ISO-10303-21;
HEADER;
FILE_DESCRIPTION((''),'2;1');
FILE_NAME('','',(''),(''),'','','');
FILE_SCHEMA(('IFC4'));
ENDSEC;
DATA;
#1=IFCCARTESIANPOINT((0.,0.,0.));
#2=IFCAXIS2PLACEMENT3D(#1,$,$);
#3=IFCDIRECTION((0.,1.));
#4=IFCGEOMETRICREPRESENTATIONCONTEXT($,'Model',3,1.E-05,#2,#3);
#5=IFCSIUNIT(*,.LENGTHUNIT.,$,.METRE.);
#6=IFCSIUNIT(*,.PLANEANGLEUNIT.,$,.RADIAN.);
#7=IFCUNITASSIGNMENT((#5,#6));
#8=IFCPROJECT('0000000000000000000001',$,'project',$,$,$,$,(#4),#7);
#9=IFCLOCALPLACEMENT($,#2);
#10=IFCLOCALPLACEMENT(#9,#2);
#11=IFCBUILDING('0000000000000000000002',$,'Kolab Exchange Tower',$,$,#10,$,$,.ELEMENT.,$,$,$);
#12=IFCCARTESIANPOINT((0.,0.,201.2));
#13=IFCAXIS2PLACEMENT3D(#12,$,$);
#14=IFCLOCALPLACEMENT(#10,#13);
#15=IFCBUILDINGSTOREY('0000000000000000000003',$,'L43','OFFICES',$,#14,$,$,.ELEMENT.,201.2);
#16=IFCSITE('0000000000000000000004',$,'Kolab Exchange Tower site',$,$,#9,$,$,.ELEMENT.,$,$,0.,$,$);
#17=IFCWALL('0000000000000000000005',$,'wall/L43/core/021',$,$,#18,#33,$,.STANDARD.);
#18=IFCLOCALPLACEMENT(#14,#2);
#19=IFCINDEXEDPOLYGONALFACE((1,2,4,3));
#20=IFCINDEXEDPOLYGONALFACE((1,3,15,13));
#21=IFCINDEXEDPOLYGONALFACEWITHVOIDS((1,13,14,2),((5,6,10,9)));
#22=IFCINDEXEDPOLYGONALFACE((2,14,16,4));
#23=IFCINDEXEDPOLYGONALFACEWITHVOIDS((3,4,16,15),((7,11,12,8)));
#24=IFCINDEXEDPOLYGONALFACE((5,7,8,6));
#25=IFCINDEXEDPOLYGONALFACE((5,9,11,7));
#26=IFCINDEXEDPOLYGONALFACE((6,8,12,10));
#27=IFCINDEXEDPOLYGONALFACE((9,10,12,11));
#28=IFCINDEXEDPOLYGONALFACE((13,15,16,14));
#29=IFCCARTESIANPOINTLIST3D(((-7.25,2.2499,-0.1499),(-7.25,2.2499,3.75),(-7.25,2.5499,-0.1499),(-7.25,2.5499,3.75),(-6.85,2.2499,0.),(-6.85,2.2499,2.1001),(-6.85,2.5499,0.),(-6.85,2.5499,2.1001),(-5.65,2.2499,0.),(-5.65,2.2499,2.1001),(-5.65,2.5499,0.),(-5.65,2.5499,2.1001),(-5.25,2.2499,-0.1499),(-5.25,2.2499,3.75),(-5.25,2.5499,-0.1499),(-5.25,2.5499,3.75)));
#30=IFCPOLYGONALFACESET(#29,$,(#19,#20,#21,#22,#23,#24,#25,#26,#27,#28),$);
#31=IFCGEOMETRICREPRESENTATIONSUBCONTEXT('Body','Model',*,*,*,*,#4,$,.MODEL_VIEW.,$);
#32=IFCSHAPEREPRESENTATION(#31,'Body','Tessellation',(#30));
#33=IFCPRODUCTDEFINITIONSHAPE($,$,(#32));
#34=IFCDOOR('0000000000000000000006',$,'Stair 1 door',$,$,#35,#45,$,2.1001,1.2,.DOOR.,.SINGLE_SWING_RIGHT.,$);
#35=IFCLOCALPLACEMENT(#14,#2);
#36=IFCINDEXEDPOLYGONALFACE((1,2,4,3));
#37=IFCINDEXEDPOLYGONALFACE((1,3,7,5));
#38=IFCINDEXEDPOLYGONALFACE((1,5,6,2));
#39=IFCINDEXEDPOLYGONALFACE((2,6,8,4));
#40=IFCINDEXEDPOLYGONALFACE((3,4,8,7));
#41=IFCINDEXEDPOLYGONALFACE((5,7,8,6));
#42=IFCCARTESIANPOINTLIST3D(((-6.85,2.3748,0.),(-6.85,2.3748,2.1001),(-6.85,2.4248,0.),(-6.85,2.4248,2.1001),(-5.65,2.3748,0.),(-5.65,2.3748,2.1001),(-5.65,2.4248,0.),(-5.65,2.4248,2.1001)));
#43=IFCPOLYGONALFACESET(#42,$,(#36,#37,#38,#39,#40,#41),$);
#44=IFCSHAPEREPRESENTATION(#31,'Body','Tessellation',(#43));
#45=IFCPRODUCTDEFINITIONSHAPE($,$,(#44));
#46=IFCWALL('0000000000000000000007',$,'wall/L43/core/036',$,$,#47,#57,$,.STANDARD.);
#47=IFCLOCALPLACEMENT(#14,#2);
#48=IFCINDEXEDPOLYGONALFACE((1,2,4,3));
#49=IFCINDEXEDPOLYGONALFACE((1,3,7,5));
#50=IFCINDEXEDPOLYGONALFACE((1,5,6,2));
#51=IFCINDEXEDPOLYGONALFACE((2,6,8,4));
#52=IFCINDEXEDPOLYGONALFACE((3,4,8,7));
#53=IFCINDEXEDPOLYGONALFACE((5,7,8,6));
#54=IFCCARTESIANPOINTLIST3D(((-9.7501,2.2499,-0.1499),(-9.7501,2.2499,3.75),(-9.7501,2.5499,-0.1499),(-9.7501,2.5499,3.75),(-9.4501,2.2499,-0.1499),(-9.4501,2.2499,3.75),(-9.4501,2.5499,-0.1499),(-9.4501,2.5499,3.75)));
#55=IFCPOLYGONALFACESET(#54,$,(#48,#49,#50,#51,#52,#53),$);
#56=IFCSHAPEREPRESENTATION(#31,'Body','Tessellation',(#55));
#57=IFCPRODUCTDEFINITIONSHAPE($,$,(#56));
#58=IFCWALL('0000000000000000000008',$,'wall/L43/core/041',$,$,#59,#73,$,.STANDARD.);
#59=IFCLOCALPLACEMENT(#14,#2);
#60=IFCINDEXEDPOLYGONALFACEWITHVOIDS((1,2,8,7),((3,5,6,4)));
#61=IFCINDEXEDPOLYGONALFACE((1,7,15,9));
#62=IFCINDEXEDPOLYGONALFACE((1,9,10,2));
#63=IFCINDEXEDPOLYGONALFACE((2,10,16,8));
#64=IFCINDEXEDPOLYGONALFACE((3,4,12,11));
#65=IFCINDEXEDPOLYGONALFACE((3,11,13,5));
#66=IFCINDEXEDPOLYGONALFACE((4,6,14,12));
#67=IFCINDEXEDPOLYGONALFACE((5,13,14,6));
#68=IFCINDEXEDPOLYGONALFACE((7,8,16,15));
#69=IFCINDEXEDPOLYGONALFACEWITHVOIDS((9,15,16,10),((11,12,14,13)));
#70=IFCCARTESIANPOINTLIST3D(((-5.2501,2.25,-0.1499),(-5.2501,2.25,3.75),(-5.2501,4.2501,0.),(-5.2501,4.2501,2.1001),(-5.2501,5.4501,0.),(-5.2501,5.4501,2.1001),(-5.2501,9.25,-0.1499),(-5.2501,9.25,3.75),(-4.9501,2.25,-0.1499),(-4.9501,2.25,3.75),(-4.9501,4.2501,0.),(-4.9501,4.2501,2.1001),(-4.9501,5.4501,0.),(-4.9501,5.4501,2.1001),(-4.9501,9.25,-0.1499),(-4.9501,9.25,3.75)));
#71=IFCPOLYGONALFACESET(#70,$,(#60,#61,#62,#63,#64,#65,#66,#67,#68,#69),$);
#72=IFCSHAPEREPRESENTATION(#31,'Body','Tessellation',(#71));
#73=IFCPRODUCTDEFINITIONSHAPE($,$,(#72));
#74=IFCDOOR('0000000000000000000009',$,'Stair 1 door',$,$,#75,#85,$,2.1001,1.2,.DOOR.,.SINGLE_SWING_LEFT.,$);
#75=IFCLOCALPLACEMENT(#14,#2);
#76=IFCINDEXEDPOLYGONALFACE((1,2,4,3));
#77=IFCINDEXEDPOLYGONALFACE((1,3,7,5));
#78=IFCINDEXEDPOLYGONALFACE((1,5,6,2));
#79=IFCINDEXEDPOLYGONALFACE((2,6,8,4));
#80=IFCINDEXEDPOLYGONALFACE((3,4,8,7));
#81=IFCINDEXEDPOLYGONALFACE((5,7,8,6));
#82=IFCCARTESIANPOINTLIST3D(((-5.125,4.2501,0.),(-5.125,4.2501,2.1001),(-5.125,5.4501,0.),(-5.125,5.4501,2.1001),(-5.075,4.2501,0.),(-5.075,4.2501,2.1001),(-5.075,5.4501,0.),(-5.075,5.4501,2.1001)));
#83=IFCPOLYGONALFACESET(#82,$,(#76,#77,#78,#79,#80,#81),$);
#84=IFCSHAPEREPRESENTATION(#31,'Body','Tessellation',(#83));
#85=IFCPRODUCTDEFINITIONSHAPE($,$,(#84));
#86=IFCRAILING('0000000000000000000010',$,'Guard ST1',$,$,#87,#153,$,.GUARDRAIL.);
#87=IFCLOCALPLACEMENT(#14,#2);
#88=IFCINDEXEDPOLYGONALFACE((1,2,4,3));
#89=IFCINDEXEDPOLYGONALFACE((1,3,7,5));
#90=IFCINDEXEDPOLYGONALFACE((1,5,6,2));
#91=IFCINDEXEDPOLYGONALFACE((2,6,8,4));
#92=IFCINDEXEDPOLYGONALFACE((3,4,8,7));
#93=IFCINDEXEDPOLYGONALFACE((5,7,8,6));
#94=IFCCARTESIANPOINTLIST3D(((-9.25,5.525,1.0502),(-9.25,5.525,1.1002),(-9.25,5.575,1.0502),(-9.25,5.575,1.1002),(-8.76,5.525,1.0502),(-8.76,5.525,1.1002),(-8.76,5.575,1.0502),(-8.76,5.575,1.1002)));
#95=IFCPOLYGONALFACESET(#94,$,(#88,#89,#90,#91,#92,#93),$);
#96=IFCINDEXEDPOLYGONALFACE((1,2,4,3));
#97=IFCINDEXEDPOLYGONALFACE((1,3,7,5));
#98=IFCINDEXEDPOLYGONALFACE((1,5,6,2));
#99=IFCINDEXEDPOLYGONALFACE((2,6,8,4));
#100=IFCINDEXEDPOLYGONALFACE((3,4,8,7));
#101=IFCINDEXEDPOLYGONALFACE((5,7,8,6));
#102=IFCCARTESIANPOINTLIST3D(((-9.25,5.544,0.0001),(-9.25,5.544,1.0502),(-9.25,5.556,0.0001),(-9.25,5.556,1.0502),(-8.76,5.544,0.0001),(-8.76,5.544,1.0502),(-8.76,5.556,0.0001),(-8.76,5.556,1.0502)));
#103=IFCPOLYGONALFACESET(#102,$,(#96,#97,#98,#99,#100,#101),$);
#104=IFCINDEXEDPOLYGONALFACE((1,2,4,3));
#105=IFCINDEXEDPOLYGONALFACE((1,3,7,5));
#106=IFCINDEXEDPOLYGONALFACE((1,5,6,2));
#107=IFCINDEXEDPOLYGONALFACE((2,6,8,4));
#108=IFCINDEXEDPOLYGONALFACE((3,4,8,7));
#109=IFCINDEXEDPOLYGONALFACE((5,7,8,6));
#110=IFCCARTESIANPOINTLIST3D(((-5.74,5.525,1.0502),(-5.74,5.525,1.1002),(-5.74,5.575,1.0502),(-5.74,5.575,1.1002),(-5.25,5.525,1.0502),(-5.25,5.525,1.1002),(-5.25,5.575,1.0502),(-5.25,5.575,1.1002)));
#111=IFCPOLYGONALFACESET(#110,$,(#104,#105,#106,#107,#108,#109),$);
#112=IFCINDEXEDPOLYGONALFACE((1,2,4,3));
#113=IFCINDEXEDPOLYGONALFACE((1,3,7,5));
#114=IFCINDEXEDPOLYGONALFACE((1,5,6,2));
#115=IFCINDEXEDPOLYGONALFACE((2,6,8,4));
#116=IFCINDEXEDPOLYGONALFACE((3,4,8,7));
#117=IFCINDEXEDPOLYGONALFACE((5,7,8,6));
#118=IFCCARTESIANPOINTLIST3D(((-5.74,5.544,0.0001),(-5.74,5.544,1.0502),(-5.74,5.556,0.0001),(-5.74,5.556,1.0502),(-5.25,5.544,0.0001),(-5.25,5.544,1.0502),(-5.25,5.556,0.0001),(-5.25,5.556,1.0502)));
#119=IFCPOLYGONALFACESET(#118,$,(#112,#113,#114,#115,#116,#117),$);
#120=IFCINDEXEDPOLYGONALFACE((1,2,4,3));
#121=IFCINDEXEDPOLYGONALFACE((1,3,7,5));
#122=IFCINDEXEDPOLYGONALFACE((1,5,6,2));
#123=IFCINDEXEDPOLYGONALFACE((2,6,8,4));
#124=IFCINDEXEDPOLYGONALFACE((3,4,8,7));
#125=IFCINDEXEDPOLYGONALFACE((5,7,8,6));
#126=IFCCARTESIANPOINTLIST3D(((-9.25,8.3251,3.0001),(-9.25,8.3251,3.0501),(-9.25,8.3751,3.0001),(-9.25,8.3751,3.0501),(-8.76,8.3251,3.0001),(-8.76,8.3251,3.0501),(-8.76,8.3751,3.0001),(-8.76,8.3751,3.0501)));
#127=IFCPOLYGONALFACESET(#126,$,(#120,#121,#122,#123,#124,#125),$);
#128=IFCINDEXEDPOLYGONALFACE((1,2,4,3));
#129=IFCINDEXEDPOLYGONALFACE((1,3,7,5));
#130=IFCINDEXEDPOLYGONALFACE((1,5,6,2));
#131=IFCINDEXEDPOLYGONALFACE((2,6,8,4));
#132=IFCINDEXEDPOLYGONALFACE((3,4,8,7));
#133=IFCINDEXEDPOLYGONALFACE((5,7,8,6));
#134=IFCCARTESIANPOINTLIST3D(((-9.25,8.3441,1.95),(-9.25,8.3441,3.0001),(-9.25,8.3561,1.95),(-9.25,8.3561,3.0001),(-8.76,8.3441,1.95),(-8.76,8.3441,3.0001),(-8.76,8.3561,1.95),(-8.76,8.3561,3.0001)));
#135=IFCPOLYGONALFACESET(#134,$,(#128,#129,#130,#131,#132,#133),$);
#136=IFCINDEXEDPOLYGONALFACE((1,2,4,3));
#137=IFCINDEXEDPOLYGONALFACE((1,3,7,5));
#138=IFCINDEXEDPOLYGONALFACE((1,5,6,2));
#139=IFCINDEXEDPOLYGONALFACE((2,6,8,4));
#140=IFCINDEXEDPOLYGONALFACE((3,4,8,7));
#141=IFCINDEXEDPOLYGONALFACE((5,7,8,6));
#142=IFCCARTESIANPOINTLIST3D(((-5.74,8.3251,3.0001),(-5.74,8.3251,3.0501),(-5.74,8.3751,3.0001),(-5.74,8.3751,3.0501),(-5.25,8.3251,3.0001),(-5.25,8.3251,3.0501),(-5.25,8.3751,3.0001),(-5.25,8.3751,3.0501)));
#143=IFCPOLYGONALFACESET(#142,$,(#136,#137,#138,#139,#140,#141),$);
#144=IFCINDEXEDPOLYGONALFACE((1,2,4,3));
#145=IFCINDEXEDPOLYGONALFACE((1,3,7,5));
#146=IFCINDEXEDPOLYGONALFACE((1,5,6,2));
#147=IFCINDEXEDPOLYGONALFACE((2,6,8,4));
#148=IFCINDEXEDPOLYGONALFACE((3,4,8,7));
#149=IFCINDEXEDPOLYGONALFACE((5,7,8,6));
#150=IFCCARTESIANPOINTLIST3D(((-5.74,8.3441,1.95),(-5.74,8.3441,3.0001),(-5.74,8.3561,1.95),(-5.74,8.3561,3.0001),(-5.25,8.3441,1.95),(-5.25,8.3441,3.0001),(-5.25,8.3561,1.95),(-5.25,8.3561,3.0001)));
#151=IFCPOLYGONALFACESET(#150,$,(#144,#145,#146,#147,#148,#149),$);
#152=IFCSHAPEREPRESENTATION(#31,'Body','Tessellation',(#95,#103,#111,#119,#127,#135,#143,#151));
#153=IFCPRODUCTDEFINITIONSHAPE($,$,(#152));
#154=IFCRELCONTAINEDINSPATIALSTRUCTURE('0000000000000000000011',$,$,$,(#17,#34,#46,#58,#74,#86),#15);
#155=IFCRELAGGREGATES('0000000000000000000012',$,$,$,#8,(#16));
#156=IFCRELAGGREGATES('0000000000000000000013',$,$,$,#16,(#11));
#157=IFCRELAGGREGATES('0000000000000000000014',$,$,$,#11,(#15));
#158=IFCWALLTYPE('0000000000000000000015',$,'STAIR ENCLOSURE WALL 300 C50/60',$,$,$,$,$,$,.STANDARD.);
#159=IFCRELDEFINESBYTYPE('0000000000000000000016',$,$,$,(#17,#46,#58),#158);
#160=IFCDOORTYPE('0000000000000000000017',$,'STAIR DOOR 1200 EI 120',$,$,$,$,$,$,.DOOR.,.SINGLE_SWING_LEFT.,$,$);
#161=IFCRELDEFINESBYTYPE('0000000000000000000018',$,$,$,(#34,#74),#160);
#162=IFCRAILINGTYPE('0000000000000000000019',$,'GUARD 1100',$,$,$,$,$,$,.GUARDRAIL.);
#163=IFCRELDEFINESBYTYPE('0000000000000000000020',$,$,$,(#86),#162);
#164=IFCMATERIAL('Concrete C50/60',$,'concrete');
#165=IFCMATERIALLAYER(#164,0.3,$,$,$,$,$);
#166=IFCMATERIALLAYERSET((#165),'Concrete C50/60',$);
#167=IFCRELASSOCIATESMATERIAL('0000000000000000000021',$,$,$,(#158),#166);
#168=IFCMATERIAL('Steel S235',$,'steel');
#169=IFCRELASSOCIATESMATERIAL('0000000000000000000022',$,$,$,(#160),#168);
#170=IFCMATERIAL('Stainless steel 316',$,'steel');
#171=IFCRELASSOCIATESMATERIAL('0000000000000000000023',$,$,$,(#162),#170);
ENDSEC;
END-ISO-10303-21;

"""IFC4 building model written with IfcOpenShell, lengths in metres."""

from ifc_helpers import new_model, si_unit, direction, frame, frame_2d, origin, origin_2d, place, context, subcontext, project, spatial, rectangle, extrude, material, layer, layer_set, type_object, element, fill, save


model = new_model("IFC4")

# Units and contexts
model_context = context("Model", 3, precision=1e-05, world=origin(), true_north=direction((0.0, 1.0)))
body_context = subcontext(model_context, "Body", "Model", "MODEL_VIEW")
ifc_project = project(units=[si_unit("LENGTHUNIT", "METRE"), si_unit("PLANEANGLEUNIT", "RADIAN")], contexts=[model_context])

# Site, building, storey
site_placement = place(None, origin())
site = spatial("IfcSite", under=ifc_project, at=site_placement, Name="Kolab Exchange Tower site", CompositionType="ELEMENT", RefElevation=0.0)
building_placement = place(site_placement, origin())
building = spatial("IfcBuilding", under=site, at=building_placement, Name="Kolab Exchange Tower", CompositionType="ELEMENT")
storey_placement = place(building_placement, frame((0.0, 0.0, 201.2)))
storey = spatial("IfcBuildingStorey", under=building, at=storey_placement, Name="L43", Description="OFFICES", CompositionType="ELEMENT", Elevation=201.2)

# Shared definitions
ifc_material_1 = material(Name="Concrete C50/60", Category="concrete")

# Shared definitions
ifc_material_2 = material(Name="Stainless steel 316", Category="steel")
ifc_material_3 = material(Name="Steel S235", Category="steel")

# Shared definitions
ifc_layer_1 = layer(ifc_material_1, 0.3)
ifc_layer_set_1 = layer_set([ifc_layer_1], Name="Concrete C50/60")
wall_type_1 = type_object("IfcWallType", Name="STAIR ENCLOSURE WALL 300 C50/60", PredefinedType="STANDARD", material=ifc_layer_set_1)

# Wall, opening, door
wall_1_placement = place(storey_placement, frame((-7.25, 2.3999, -0.1499), z_axis=(0.0, 0.0, 1.0), x_axis=(1.0, 0.0, 0.0)))
wall_1 = element("IfcWall", 1, at=wall_1_placement, inside=storey, type_object=wall_type_1, Name="wall/L43/core/021", PredefinedType="STANDARD", context=body_context, shape_type="SweptSolid", body=[
    extrude(rectangle(XDim=2.0, YDim=0.3, at=frame_2d((1.0, 0.0))), origin(), (0.0, 0.0, 1.0), 3.8999),
])
opening_1_placement = place(wall_1_placement, frame((0.3999, 0.0, 0.1499)))
opening_1 = element("IfcOpeningElement", 2, at=opening_1_placement, cuts=wall_1, PredefinedType="OPENING", context=body_context, shape_type="SweptSolid", body=[
    extrude(rectangle(XDim=1.2, YDim=2.1001, at=frame_2d((0.6001, 1.05))), frame((0.0, 0.1602, 0.0), z_axis=(0.0, -1.0, 0.0), x_axis=(1.0, 0.0, 0.0)), (0.0, 0.0, 1.0), 0.3201),
])
door_type_1 = type_object("IfcDoorType", Name="STAIR DOOR 1200 EI 120", OperationType="SINGLE_SWING_LEFT", PredefinedType="DOOR", material=ifc_material_3)
door_1_placement = place(opening_1_placement, origin())
door_1 = element("IfcDoor", 3, at=door_1_placement, inside=storey, type_object=door_type_1, Name="Stair 1 door", OperationType="SINGLE_SWING_RIGHT", OverallHeight=2.1001, OverallWidth=1.2, PredefinedType="DOOR", context=body_context, shape_type="SweptSolid", body=[
    extrude(rectangle(XDim=1.2, YDim=2.1001, at=frame_2d((0.6001, 1.05))), frame((0.0, 0.0249, 0.0), z_axis=(0.0, -1.0, 0.0), x_axis=(1.0, 0.0, 0.0)), (0.0, 0.0, 1.0), 0.05),
])
fill(opening_1, door_1)

# Wall
wall_2_placement = place(storey_placement, frame((-9.6001, 2.25, -0.1499), z_axis=(0.0, 0.0, 1.0), x_axis=(0.0, 1.0, 0.0)))
element("IfcWall", 4, at=wall_2_placement, inside=storey, type_object=wall_type_1, Name="wall/L43/core/036", PredefinedType="STANDARD", context=body_context, shape_type="SweptSolid", body=[
    extrude(rectangle(XDim=0.3, YDim=0.3, at=frame_2d((0.1499, 0.0))), origin(), (0.0, 0.0, 1.0), 3.8999),
])

# Wall, opening, door
wall_3_placement = place(storey_placement, frame((-5.1001, 2.25, -0.1499), z_axis=(0.0, 0.0, 1.0), x_axis=(0.0, 1.0, 0.0)))
wall_3 = element("IfcWall", 5, at=wall_3_placement, inside=storey, type_object=wall_type_1, Name="wall/L43/core/041", PredefinedType="STANDARD", context=body_context, shape_type="SweptSolid", body=[
    extrude(rectangle(XDim=7.0, YDim=0.3, at=frame_2d((3.5, 0.0))), origin(), (0.0, 0.0, 1.0), 3.8999),
])
opening_2_placement = place(wall_3_placement, frame((2.0, 0.0, 0.1499)))
opening_2 = element("IfcOpeningElement", 6, at=opening_2_placement, cuts=wall_3, PredefinedType="OPENING", context=body_context, shape_type="SweptSolid", body=[
    extrude(rectangle(XDim=1.2, YDim=2.1001, at=frame_2d((0.6001, 1.05))), frame((0.0, 0.1602, 0.0), z_axis=(0.0, -1.0, 0.0), x_axis=(1.0, 0.0, 0.0)), (0.0, 0.0, 1.0), 0.3201),
])
door_2_placement = place(opening_2_placement, origin())
door_2 = element("IfcDoor", 7, at=door_2_placement, inside=storey, type_object=door_type_1, Name="Stair 1 door", OperationType="SINGLE_SWING_LEFT", OverallHeight=2.1001, OverallWidth=1.2, PredefinedType="DOOR", context=body_context, shape_type="SweptSolid", body=[
    extrude(rectangle(XDim=1.2, YDim=2.1001, at=frame_2d((0.6001, 1.05))), frame((0.0, 0.0249, 0.0), z_axis=(0.0, -1.0, 0.0), x_axis=(1.0, 0.0, 0.0)), (0.0, 0.0, 1.0), 0.05),
])
fill(opening_2, door_2)

# Railing
railing_type = type_object("IfcRailingType", Name="GUARD 1100", PredefinedType="GUARDRAIL", material=ifc_material_2)
railing_placement = place(storey_placement, frame((-9.25, 5.55, 0.0)))
element("IfcRailing", 8, at=railing_placement, inside=storey, type_object=railing_type, Name="Guard ST1", PredefinedType="GUARDRAIL", context=body_context, shape_type="SweptSolid", body=[
    extrude(rectangle(XDim=0.05, YDim=0.05, at=origin_2d()), frame((0.0, 0.0, 1.0752), z_axis=(1.0, 0.0, 0.0), x_axis=(0.0, 1.0, 0.0)), (0.0, 0.0, 1.0), 0.49),
    extrude(rectangle(XDim=0.012, YDim=1.0501, at=frame_2d((0.0, 0.5251))), frame((0.0, 0.0, 0.0), z_axis=(1.0, 0.0, 0.0), x_axis=(0.0, 1.0, 0.0)), (0.0, 0.0, 1.0), 0.49),
    extrude(rectangle(XDim=0.05, YDim=0.05, at=origin_2d()), frame((3.51, 0.0, 1.0752), z_axis=(1.0, 0.0, 0.0), x_axis=(0.0, 1.0, 0.0)), (0.0, 0.0, 1.0), 0.49),
    extrude(rectangle(XDim=0.012, YDim=1.0501, at=frame_2d((0.0, 0.5251))), frame((3.51, 0.0, 0.0), z_axis=(1.0, 0.0, 0.0), x_axis=(0.0, 1.0, 0.0)), (0.0, 0.0, 1.0), 0.49),
    extrude(rectangle(XDim=0.05, YDim=0.05, at=origin_2d()), frame((0.0, 2.8, 3.0251), z_axis=(1.0, 0.0, 0.0), x_axis=(0.0, 1.0, 0.0)), (0.0, 0.0, 1.0), 0.49),
    extrude(rectangle(XDim=0.012, YDim=1.0501, at=frame_2d((0.0, 0.5251))), frame((0.0, 2.8, 1.95), z_axis=(1.0, 0.0, 0.0), x_axis=(0.0, 1.0, 0.0)), (0.0, 0.0, 1.0), 0.49),
    extrude(rectangle(XDim=0.05, YDim=0.05, at=origin_2d()), frame((3.51, 2.8, 3.0251), z_axis=(1.0, 0.0, 0.0), x_axis=(0.0, 1.0, 0.0)), (0.0, 0.0, 1.0), 0.49),
    extrude(rectangle(XDim=0.012, YDim=1.0501, at=frame_2d((0.0, 0.5251))), frame((3.51, 2.8, 1.95), z_axis=(1.0, 0.0, 0.0), x_axis=(0.0, 1.0, 0.0)), (0.0, 0.0, 1.0), 0.49),
])

save(model, "model.ifc")
